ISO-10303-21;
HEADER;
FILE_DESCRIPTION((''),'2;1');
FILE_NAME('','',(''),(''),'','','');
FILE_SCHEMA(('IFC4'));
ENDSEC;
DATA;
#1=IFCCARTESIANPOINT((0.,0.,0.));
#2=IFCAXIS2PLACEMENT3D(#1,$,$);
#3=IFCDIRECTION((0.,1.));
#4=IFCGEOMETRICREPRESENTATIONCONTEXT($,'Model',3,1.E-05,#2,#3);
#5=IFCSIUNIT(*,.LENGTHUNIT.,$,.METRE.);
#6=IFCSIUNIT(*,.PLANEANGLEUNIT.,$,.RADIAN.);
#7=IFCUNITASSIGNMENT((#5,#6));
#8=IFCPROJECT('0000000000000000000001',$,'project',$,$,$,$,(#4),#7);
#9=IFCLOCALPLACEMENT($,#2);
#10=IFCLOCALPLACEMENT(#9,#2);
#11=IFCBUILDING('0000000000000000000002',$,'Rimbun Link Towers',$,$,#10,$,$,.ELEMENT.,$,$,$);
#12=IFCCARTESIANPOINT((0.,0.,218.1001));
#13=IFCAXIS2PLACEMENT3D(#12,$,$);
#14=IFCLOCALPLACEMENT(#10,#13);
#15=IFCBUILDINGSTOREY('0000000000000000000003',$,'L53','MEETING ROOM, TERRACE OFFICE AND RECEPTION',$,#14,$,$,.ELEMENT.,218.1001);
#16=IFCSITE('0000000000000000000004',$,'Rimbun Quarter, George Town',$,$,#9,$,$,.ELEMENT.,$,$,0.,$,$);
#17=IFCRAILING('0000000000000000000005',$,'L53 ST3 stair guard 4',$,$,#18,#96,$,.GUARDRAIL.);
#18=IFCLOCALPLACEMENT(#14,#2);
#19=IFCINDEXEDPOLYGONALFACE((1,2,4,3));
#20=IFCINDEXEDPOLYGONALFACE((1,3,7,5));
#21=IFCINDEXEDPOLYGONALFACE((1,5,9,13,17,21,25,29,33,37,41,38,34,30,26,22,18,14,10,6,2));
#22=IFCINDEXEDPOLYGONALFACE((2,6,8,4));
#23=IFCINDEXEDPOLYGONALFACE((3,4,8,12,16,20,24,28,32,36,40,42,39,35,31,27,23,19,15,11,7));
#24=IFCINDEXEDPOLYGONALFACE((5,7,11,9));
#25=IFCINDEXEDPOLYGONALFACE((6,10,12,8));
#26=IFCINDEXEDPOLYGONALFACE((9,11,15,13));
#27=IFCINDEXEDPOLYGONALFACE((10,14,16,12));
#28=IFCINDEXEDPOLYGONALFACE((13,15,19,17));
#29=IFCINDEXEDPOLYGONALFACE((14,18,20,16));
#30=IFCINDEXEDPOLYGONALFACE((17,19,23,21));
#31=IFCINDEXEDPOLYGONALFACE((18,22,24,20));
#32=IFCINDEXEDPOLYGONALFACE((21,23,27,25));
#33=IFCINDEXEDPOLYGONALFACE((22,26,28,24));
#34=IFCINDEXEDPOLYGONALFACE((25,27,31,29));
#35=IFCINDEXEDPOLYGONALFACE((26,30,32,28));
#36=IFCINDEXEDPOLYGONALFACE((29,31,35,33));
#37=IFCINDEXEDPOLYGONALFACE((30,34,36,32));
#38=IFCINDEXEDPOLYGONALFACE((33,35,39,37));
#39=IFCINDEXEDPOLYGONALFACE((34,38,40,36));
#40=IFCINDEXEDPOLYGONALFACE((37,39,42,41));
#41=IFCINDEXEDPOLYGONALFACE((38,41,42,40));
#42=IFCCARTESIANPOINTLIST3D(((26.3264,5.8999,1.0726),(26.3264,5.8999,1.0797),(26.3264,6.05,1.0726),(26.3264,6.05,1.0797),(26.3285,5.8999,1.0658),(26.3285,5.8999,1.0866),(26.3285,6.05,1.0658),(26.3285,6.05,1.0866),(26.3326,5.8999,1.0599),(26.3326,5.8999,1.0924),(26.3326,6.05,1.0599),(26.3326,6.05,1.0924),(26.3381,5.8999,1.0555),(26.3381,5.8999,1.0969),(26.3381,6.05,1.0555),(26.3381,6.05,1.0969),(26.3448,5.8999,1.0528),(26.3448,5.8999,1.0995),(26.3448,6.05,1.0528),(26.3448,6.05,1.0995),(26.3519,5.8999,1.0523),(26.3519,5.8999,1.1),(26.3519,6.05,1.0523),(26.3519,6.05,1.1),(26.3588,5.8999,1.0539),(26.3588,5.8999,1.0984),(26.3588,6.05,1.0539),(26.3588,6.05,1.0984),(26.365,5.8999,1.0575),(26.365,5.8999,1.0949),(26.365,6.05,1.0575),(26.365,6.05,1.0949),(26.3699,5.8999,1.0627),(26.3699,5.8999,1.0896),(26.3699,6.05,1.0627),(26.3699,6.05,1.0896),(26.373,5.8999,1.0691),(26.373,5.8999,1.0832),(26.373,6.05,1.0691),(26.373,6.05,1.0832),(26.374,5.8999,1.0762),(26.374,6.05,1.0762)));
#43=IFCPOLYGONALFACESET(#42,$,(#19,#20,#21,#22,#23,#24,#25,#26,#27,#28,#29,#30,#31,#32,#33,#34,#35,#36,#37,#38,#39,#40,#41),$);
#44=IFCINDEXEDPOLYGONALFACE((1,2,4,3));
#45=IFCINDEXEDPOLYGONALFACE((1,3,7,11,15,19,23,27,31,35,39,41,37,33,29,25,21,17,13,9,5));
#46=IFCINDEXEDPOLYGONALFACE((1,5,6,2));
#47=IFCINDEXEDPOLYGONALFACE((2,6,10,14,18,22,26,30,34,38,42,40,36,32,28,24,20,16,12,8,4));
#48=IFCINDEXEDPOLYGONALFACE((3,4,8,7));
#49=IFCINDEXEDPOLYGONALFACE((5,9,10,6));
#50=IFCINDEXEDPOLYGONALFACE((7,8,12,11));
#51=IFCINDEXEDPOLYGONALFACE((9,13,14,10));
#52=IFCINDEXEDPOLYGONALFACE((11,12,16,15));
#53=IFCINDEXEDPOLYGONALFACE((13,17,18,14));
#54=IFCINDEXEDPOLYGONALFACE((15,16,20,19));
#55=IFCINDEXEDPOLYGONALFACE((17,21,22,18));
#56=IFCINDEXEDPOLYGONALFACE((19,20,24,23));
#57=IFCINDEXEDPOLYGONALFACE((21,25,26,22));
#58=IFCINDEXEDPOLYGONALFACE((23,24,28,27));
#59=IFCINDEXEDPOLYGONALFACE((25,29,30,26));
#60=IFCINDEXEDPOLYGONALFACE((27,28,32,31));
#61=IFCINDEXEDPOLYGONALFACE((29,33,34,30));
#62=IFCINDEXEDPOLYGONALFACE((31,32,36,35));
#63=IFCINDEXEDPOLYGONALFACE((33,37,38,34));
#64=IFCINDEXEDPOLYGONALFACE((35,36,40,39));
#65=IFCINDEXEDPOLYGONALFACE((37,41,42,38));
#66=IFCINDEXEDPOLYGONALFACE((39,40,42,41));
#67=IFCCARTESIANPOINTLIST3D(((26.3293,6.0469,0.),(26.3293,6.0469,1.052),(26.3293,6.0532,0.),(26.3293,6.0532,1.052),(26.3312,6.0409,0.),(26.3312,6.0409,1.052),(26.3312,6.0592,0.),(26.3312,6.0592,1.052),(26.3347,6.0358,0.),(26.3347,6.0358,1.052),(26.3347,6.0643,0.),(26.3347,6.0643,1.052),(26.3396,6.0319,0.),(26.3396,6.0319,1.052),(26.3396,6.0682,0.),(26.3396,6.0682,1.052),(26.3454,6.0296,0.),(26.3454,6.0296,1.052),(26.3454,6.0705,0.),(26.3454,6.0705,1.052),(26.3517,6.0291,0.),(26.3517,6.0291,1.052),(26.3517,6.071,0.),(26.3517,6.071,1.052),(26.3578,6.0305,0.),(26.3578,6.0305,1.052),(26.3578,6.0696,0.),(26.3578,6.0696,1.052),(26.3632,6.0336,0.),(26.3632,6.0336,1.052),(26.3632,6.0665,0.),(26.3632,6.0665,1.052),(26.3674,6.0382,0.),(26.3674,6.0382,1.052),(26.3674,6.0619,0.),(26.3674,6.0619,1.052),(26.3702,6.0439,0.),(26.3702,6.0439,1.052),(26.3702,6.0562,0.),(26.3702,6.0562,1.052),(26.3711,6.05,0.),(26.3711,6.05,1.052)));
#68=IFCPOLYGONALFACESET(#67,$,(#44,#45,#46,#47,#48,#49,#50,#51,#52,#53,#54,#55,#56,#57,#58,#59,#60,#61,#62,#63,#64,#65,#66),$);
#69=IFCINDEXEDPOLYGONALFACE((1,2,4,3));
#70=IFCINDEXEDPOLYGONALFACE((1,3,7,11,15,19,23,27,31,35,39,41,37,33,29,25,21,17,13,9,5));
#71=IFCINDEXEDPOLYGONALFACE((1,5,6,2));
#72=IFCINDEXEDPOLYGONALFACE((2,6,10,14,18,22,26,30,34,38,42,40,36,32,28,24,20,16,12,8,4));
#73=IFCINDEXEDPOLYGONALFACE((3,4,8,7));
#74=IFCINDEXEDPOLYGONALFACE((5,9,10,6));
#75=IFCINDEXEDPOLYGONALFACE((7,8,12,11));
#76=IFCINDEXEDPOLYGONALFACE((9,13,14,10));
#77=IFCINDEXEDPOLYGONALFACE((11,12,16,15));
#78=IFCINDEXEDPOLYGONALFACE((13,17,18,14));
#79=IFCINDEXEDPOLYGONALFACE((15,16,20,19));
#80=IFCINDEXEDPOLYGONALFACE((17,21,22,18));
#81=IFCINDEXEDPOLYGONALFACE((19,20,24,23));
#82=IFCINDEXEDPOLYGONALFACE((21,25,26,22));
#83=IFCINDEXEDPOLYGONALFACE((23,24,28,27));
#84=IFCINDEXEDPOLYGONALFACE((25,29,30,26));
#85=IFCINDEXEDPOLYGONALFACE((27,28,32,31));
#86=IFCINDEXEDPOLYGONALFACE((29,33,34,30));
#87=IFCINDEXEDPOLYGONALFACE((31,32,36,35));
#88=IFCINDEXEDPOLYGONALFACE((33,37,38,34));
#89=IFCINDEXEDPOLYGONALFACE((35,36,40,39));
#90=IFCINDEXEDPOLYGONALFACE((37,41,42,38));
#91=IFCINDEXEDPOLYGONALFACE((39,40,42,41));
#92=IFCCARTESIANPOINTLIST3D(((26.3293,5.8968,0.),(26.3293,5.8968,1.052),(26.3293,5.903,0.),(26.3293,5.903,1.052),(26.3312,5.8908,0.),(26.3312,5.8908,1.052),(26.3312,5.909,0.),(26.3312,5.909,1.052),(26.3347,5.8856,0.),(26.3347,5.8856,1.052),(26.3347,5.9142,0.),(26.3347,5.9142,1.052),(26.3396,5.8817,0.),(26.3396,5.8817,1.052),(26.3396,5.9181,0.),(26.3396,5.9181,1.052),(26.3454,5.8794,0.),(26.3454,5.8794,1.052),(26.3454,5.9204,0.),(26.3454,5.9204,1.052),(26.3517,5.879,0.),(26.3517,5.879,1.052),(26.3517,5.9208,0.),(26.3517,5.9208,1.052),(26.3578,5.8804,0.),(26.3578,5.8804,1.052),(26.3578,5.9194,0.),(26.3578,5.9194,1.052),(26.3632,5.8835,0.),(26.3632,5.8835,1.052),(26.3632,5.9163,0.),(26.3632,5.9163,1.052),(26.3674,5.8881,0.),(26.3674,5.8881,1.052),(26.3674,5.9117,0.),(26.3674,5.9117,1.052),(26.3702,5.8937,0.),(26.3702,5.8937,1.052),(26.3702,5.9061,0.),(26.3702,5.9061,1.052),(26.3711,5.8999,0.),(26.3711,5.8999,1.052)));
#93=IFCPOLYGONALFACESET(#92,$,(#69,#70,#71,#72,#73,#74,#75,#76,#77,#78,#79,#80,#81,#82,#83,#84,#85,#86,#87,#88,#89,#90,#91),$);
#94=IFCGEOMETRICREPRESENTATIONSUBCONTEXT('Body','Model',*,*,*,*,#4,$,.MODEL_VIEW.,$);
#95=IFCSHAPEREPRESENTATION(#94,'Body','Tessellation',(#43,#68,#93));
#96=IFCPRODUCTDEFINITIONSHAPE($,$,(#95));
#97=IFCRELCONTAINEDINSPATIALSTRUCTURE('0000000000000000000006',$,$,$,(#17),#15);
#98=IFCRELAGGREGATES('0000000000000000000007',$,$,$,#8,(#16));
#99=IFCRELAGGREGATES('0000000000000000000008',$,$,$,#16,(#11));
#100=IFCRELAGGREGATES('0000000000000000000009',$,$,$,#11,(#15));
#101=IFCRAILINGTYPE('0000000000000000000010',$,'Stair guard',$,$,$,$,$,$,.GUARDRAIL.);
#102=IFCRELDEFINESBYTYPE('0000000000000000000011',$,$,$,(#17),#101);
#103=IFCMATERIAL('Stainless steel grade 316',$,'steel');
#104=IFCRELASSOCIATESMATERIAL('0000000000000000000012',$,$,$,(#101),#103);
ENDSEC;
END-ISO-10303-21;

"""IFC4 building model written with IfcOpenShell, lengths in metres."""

from ifc_helpers import new_model, si_unit, direction, frame, origin, origin_2d, place, context, subcontext, project, spatial, circle, extrude, material, type_object, element, save


model = new_model("IFC4")

# Units and contexts
model_context = context("Model", 3, precision=1e-05, world=origin(), true_north=direction((0.0, 1.0)))
body_context = subcontext(model_context, "Body", "Model", "MODEL_VIEW")
ifc_project = project(units=[si_unit("LENGTHUNIT", "METRE"), si_unit("PLANEANGLEUNIT", "RADIAN")], contexts=[model_context])

# Site, building, storey
site_placement = place(None, origin())
site = spatial("IfcSite", under=ifc_project, at=site_placement, Name="Rimbun Quarter, George Town", CompositionType="ELEMENT", RefElevation=0.0)
building_placement = place(site_placement, origin())
building = spatial("IfcBuilding", under=site, at=building_placement, Name="Rimbun Link Towers", CompositionType="ELEMENT")
storey_placement = place(building_placement, frame((0.0, 0.0, 218.1001)))
storey = spatial("IfcBuildingStorey", under=building, at=storey_placement, Name="L53", Description="MEETING ROOM, TERRACE OFFICE AND RECEPTION", CompositionType="ELEMENT", Elevation=218.1001)

# Railing
ifc_material_1 = material(Name="Stainless steel grade 316", Category="steel")
railing_type_1 = type_object("IfcRailingType", Name="Stair guard", PredefinedType="GUARDRAIL", material=ifc_material_1)
railing_1_placement = place(storey_placement, frame((26.3501, 6.05, 0.0)))
element("IfcRailing", 1, at=railing_1_placement, inside=storey, type_object=railing_type_1, Name="L53 ST3 stair guard 4", PredefinedType="GUARDRAIL", context=body_context, shape_type="SweptSolid", body=[
    extrude(circle(Radius=0.0239, at=origin_2d()), frame((0.0, 0.0, 1.0762), z_axis=(0.0, -1.0, 0.0), x_axis=(1.0, 0.0, 0.0)), (0.0, 0.0, 1.0), 0.1501),
    extrude(circle(Radius=0.021, at=origin_2d()), origin(), (0.0, 0.0, 1.0), 1.052),
    extrude(circle(Radius=0.021, at=origin_2d()), frame((0.0, -0.1501, 0.0)), (0.0, 0.0, 1.0), 1.052),
])

save(model, "model.ifc")
